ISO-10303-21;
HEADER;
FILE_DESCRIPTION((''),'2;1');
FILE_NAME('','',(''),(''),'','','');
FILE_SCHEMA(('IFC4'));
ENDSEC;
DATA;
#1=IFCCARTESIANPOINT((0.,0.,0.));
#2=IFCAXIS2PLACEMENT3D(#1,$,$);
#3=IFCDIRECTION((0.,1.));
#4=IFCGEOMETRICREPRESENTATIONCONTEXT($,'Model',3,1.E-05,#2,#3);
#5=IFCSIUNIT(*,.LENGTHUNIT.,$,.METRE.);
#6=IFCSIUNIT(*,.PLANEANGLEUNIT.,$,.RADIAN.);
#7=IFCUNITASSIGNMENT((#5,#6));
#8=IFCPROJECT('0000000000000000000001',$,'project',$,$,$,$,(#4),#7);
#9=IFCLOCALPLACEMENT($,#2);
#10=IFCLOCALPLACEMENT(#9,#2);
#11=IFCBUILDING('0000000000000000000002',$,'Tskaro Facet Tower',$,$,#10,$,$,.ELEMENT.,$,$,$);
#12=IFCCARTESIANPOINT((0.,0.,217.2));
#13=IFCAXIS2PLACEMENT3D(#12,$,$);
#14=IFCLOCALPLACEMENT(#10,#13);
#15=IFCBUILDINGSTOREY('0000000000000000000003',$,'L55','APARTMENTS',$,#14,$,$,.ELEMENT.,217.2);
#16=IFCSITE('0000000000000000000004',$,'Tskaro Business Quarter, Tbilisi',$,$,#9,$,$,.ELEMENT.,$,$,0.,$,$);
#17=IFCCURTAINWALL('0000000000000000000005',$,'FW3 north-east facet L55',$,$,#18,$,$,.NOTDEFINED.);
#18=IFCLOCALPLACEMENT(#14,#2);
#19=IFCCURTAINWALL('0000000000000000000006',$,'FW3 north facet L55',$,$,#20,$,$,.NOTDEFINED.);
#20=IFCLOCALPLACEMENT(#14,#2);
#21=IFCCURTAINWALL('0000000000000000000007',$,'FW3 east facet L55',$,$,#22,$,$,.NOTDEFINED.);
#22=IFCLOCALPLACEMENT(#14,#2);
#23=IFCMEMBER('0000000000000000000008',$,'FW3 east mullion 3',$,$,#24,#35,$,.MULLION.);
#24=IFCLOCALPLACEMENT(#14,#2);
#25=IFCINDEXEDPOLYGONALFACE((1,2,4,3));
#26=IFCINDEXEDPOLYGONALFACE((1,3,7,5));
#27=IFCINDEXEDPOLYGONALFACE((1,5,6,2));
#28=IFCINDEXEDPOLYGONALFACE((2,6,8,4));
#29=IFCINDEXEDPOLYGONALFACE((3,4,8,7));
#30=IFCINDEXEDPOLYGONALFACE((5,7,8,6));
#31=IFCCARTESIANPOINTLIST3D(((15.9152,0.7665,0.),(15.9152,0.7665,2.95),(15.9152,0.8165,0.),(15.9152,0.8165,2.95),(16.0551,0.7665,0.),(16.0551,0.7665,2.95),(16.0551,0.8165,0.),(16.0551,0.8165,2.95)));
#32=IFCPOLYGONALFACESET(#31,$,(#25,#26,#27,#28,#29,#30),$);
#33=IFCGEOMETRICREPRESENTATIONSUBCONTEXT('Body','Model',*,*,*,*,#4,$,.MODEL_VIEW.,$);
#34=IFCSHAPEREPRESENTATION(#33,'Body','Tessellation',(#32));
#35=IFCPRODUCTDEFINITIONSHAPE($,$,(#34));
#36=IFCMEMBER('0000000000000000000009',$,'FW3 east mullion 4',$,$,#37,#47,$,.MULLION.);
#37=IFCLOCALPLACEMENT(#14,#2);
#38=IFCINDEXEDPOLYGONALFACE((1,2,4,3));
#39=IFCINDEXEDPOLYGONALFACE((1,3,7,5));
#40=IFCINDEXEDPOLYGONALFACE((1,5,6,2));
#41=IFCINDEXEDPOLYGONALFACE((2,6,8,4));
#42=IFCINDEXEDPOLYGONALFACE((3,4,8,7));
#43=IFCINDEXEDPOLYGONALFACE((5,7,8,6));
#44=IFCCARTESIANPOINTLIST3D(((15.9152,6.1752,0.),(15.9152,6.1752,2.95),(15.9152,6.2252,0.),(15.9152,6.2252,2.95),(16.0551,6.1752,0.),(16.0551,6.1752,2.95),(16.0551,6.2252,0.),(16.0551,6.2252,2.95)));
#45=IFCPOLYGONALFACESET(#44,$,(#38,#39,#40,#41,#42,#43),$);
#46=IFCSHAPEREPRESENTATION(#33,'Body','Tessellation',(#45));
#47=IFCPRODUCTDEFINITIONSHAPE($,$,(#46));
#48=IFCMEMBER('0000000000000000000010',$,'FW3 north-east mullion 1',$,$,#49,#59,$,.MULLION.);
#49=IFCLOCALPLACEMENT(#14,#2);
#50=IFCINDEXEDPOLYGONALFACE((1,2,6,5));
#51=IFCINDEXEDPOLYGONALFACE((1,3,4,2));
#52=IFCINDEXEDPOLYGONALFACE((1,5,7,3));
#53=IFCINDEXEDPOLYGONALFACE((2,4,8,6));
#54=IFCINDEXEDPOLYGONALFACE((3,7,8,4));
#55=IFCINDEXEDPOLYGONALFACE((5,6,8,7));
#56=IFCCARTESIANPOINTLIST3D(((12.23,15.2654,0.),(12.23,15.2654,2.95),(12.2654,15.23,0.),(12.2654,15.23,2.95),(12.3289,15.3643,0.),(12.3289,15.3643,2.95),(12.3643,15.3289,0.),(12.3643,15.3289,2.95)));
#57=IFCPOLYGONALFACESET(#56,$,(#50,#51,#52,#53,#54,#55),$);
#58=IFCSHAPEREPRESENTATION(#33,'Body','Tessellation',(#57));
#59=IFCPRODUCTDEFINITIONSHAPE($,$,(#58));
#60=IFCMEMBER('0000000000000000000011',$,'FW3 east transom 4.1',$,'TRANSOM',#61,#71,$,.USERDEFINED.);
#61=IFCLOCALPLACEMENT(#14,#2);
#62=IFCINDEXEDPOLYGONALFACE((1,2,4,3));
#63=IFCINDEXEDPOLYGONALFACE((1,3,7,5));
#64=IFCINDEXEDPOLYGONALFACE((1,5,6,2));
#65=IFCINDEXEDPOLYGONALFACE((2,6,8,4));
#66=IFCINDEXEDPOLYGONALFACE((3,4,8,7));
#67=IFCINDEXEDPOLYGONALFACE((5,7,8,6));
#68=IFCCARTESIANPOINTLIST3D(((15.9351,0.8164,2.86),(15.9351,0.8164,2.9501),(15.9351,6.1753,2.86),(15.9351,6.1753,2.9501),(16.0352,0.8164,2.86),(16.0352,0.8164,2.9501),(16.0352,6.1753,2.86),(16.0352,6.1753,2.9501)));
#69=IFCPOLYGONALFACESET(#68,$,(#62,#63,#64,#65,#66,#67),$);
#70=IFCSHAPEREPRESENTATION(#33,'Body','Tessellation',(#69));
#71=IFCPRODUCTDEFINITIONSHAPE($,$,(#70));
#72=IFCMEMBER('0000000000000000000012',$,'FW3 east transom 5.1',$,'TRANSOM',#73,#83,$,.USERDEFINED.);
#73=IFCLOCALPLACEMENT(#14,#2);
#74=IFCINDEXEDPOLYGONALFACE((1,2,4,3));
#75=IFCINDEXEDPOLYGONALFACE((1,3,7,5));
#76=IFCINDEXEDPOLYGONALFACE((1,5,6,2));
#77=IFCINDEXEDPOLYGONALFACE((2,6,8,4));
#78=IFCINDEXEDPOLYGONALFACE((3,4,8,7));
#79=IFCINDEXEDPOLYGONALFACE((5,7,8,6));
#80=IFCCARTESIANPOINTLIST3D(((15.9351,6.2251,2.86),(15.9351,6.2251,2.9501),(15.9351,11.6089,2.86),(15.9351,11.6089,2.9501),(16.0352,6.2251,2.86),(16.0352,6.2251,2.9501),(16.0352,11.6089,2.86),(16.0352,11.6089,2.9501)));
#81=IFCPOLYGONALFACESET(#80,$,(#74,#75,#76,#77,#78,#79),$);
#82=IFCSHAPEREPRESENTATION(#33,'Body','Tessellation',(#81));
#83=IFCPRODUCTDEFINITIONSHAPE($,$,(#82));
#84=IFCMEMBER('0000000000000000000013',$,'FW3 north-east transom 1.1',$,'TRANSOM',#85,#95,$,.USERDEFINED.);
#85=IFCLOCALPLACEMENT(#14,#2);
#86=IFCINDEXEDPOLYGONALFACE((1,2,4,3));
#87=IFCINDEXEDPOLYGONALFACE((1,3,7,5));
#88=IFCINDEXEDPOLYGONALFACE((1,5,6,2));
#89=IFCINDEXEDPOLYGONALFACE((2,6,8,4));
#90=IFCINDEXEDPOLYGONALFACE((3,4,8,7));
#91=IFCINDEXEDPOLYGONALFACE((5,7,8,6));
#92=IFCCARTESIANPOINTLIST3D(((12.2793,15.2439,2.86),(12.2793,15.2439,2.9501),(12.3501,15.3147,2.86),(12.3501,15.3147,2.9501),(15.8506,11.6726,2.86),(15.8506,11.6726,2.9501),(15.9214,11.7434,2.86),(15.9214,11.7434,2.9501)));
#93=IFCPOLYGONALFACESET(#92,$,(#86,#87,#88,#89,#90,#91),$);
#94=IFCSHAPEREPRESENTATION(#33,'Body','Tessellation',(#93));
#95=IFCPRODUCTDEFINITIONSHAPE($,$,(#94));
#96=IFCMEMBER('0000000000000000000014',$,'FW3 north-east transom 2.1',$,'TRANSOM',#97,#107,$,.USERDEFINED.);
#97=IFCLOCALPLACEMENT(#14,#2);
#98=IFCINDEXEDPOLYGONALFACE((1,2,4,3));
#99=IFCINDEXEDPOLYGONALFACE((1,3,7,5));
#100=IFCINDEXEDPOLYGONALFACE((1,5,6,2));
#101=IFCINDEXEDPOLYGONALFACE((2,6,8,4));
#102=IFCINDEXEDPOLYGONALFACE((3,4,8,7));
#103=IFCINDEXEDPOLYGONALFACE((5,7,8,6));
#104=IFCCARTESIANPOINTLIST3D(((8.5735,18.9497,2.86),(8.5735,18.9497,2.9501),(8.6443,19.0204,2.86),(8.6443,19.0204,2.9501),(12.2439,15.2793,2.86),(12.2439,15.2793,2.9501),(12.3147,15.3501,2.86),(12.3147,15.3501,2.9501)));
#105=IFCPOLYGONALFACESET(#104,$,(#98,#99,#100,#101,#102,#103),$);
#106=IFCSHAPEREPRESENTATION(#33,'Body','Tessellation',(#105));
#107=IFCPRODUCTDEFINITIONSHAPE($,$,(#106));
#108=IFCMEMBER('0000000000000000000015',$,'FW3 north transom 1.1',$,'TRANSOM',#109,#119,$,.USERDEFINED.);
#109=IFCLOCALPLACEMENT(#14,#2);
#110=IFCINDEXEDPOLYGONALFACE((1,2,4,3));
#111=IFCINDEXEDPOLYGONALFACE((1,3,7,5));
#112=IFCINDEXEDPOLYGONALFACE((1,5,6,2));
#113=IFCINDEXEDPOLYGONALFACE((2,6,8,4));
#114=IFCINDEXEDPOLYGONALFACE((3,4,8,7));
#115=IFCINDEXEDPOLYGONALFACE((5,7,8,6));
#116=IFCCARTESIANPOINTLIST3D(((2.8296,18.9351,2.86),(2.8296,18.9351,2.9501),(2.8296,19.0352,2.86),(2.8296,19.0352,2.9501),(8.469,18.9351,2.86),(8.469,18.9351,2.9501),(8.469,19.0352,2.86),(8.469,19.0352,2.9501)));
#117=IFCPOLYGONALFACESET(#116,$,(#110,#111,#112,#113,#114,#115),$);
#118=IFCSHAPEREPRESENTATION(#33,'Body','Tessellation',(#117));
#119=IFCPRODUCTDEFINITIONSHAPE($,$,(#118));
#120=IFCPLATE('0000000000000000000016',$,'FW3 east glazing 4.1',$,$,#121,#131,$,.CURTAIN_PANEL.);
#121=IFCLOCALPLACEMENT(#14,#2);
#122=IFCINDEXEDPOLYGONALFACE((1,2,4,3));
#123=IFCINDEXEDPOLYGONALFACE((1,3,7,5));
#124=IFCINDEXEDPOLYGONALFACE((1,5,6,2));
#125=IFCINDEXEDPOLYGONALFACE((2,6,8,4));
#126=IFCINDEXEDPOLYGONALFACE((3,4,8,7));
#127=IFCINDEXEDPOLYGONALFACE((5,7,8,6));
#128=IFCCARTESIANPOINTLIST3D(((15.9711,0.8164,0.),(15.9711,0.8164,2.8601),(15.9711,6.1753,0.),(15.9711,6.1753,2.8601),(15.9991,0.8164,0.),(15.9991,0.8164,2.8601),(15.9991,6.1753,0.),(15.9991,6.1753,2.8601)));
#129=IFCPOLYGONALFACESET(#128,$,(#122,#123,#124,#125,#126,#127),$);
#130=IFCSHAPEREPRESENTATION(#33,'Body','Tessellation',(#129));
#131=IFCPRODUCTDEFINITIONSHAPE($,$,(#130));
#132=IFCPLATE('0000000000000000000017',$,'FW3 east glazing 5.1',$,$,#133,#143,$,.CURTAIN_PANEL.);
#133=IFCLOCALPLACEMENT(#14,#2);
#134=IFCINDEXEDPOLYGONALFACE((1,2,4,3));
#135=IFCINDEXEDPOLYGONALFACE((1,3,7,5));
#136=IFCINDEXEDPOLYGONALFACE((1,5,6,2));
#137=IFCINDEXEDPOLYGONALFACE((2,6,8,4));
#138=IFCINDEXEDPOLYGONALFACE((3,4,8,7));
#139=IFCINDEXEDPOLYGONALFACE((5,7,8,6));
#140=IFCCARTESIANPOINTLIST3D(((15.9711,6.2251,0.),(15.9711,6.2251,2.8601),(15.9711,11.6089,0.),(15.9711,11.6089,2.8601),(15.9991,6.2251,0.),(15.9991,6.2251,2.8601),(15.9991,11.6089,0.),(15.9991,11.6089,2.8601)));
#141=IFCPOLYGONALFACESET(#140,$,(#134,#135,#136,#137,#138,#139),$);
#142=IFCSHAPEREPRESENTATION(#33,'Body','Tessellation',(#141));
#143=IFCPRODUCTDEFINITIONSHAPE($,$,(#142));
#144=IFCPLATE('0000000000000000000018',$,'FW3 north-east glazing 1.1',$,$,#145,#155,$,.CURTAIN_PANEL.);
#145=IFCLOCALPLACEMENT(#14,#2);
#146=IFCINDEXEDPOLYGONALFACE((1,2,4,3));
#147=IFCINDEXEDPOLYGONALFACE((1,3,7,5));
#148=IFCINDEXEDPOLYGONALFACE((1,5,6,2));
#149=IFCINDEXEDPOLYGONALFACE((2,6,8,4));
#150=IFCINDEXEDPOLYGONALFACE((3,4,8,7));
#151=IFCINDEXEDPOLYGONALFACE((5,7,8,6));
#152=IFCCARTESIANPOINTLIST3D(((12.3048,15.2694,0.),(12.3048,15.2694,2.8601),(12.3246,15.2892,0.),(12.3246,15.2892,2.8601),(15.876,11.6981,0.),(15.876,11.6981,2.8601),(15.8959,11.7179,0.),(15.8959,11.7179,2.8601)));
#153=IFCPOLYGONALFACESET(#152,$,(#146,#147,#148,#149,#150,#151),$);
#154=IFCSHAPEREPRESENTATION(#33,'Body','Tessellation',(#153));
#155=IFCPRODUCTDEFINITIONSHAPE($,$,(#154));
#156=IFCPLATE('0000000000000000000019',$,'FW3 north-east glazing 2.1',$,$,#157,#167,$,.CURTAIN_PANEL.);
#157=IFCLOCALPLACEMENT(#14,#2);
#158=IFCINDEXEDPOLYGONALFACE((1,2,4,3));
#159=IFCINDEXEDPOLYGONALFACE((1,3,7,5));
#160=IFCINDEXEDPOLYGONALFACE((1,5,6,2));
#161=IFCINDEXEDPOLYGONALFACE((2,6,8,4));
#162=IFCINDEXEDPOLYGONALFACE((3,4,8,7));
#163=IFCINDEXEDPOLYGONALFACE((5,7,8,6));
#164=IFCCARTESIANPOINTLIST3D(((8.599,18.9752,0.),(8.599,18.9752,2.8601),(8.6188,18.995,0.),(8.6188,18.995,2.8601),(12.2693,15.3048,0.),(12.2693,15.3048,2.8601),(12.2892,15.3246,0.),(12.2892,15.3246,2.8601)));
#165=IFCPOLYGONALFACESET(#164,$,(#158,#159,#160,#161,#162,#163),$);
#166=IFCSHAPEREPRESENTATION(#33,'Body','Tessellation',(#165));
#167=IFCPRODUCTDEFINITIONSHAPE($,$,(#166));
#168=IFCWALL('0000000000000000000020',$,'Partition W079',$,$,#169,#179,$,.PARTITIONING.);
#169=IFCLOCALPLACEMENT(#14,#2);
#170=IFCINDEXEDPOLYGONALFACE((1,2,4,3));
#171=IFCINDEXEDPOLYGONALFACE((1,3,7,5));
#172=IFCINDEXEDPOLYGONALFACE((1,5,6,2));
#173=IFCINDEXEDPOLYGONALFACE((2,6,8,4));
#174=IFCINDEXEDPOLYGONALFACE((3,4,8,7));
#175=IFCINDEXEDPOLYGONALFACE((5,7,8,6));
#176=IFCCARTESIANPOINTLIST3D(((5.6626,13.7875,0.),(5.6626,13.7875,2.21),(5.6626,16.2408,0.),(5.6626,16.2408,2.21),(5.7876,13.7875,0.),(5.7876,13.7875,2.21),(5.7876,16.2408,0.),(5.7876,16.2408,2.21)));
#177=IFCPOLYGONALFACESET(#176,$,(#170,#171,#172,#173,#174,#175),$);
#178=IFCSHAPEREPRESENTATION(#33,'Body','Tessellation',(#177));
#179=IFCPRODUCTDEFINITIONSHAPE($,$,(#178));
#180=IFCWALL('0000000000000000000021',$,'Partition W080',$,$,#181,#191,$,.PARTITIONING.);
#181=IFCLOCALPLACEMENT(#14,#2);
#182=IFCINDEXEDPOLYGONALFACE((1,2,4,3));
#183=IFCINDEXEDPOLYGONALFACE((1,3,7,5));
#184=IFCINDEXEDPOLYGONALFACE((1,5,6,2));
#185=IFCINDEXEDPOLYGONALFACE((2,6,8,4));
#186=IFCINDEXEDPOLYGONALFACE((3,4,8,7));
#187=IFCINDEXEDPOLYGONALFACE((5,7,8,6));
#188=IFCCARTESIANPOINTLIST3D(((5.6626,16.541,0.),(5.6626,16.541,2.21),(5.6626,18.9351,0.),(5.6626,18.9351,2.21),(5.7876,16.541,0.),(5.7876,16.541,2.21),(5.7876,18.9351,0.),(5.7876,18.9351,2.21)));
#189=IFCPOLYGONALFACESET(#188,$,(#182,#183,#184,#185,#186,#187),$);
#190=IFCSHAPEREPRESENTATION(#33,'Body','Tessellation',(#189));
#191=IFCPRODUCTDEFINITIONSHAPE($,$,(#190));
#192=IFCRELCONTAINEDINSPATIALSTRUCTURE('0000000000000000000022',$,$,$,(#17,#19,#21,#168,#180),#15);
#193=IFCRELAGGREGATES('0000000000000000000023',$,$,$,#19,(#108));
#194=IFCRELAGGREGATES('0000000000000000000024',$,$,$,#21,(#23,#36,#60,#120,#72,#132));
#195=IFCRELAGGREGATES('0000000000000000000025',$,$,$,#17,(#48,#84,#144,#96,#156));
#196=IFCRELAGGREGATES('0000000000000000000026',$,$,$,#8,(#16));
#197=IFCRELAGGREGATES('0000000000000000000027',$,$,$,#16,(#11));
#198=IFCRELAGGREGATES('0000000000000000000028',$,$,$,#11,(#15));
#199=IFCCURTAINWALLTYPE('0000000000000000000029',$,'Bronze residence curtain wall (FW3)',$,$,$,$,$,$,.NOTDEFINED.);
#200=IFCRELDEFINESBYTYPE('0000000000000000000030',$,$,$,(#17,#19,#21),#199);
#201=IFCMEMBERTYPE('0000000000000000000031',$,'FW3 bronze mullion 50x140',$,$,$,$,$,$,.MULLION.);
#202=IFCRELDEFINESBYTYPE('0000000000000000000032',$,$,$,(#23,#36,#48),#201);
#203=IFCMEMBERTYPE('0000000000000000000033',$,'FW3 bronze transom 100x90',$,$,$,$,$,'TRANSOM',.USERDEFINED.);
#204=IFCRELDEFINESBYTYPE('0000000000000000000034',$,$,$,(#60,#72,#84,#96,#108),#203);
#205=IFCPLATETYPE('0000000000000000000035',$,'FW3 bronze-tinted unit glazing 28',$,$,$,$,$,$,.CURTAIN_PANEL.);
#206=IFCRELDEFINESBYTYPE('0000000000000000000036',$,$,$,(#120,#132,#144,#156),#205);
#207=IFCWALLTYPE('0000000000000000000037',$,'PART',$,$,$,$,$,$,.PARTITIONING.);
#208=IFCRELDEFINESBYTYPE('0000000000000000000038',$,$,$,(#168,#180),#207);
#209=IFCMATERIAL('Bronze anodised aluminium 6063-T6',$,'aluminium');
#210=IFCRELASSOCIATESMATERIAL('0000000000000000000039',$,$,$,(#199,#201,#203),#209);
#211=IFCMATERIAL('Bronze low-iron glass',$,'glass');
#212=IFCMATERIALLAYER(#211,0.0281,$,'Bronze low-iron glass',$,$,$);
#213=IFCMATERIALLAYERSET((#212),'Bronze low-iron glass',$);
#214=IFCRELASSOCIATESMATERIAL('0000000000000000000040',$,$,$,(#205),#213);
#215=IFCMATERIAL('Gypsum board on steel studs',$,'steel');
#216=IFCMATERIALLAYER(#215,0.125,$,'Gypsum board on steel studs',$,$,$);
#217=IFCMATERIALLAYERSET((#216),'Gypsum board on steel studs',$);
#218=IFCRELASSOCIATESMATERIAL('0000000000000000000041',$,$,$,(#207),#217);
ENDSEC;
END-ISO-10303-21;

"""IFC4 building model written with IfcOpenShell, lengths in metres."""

from ifc_helpers import new_model, si_unit, direction, frame, frame_2d, origin, origin_2d, place, context, subcontext, project, spatial, rectangle, extrude, material, layer, layer_set, material_profile, profile_set, type_object, element, aggregate, save


model = new_model("IFC4")

# Units and contexts
model_context = context("Model", 3, precision=1e-05, world=origin(), true_north=direction((0.0, 1.0)))
body_context = subcontext(model_context, "Body", "Model", "MODEL_VIEW")
ifc_project = project(units=[si_unit("LENGTHUNIT", "METRE"), si_unit("PLANEANGLEUNIT", "RADIAN")], contexts=[model_context])

# Site, building, storey
site_placement = place(None, origin())
site = spatial("IfcSite", under=ifc_project, at=site_placement, Name="Tskaro Business Quarter, Tbilisi", CompositionType="ELEMENT", RefElevation=0.0)
building_placement = place(site_placement, origin())
building = spatial("IfcBuilding", under=site, at=building_placement, Name="Tskaro Facet Tower", CompositionType="ELEMENT")
storey_placement = place(building_placement, frame((0.0, 0.0, 217.2)))
storey = spatial("IfcBuildingStorey", under=building, at=storey_placement, Name="L55", Description="APARTMENTS", CompositionType="ELEMENT", Elevation=217.2)

# Curtain walls
ifc_material_1 = material(Name="Bronze anodised aluminium 6063-T6", Category="aluminium")
curtain_wall_type = type_object("IfcCurtainWallType", Name="Bronze residence curtain wall (FW3)", PredefinedType="NOTDEFINED", material=ifc_material_1)
curtain_wall_1_placement = place(storey_placement, origin())
curtain_wall_1 = element("IfcCurtainWall", 1, at=curtain_wall_1_placement, inside=storey, type_object=curtain_wall_type, Name="FW3 north-east facet L55", PredefinedType="NOTDEFINED")
curtain_wall_2_placement = place(storey_placement, origin())
curtain_wall_2 = element("IfcCurtainWall", 2, at=curtain_wall_2_placement, inside=storey, type_object=curtain_wall_type, Name="FW3 north facet L55", PredefinedType="NOTDEFINED")

# Curtain wall, members
curtain_wall_3_placement = place(storey_placement, origin())
curtain_wall_3 = element("IfcCurtainWall", 3, at=curtain_wall_3_placement, inside=storey, type_object=curtain_wall_type, Name="FW3 east facet L55", PredefinedType="NOTDEFINED")
ifc_material_profile_1 = material_profile(ifc_material_1, rectangle(XDim=0.05, YDim=0.1399, at=origin_2d()), Name="Mullion 50x140")
ifc_profile_set_1 = profile_set([ifc_material_profile_1], Name="Bronze anodised aluminium 6063-T6")
member_type_1 = type_object("IfcMemberType", Name="FW3 bronze mullion 50x140", PredefinedType="MULLION", material=ifc_profile_set_1)
member_1_placement = place(storey_placement, frame((15.9851, 0.7915, 0.0), z_axis=(0.0, 0.0, 1.0), x_axis=(0.0, 1.0, 0.0)))
member_1 = element("IfcMember", 4, at=member_1_placement, type_object=member_type_1, Name="FW3 east mullion 3", PredefinedType="MULLION", context=body_context, shape_type="SweptSolid", body=[
    extrude(rectangle(XDim=0.05, YDim=0.1399, at=origin_2d()), origin(), (0.0, 0.0, 1.0), 2.95),
])
member_2_placement = place(storey_placement, frame((15.9851, 6.2002, 0.0), z_axis=(0.0, 0.0, 1.0), x_axis=(0.0, 1.0, 0.0)))
member_2 = element("IfcMember", 5, at=member_2_placement, type_object=member_type_1, Name="FW3 east mullion 4", PredefinedType="MULLION", context=body_context, shape_type="SweptSolid", body=[
    extrude(rectangle(XDim=0.05, YDim=0.1399, at=origin_2d()), origin(), (0.0, 0.0, 1.0), 2.95),
])

# Members
member_3_placement = place(storey_placement, frame((12.2971, 15.2971, 0.0), z_axis=(0.0, 0.0, 1.0), x_axis=(-0.707107, 0.707107, 0.0)))
member_3 = element("IfcMember", 6, at=member_3_placement, type_object=member_type_1, Name="FW3 north-east mullion 1", PredefinedType="MULLION", context=body_context, shape_type="SweptSolid", body=[
    extrude(rectangle(XDim=0.05, YDim=0.1399, at=origin_2d()), origin(), (0.0, 0.0, 1.0), 2.95),
])
ifc_material_profile_2 = material_profile(ifc_material_1, rectangle(XDim=0.1001, YDim=0.0901, at=origin_2d()), Name="Transom 100x90")
ifc_profile_set_2 = profile_set([ifc_material_profile_2], Name="Bronze anodised aluminium 6063-T6")
member_type_2 = type_object("IfcMemberType", Name="FW3 bronze transom 100x90", ElementType="TRANSOM", PredefinedType="USERDEFINED", material=ifc_profile_set_2)
member_4_placement = place(storey_placement, frame((15.9851, 0.8164, 2.905), z_axis=(0.0, 1.0, 0.0), x_axis=(-1.0, 0.0, 0.0)))
member_4 = element("IfcMember", 7, at=member_4_placement, type_object=member_type_2, Name="FW3 east transom 4.1", ObjectType="TRANSOM", PredefinedType="USERDEFINED", context=body_context, shape_type="SweptSolid", body=[
    extrude(rectangle(XDim=0.1001, YDim=0.0901, at=origin_2d()), origin(), (0.0, 0.0, 1.0), 5.3589),
])
member_5_placement = place(storey_placement, frame((15.9851, 6.2251, 2.905), z_axis=(0.0, 1.0, 0.0), x_axis=(-1.0, 0.0, 0.0)))
member_5 = element("IfcMember", 8, at=member_5_placement, type_object=member_type_2, Name="FW3 east transom 5.1", ObjectType="TRANSOM", PredefinedType="USERDEFINED", context=body_context, shape_type="SweptSolid", body=[
    extrude(rectangle(XDim=0.1001, YDim=0.0901, at=origin_2d()), origin(), (0.0, 0.0, 1.0), 5.3838),
])
member_6_placement = place(storey_placement, frame((15.886, 11.708, 2.905), z_axis=(-0.707107, 0.707107, 0.0), x_axis=(-0.707107, -0.707107, 0.0)))
member_6 = element("IfcMember", 9, at=member_6_placement, type_object=member_type_2, Name="FW3 north-east transom 1.1", ObjectType="TRANSOM", PredefinedType="USERDEFINED", context=body_context, shape_type="SweptSolid", body=[
    extrude(rectangle(XDim=0.1001, YDim=0.0901, at=origin_2d()), origin(), (0.0, 0.0, 1.0), 5.0505),
])
member_7_placement = place(storey_placement, frame((12.2793, 15.3147, 2.905), z_axis=(-0.707107, 0.707107, 0.0), x_axis=(-0.707107, -0.707107, 0.0)))
member_7 = element("IfcMember", 10, at=member_7_placement, type_object=member_type_2, Name="FW3 north-east transom 2.1", ObjectType="TRANSOM", PredefinedType="USERDEFINED", context=body_context, shape_type="SweptSolid", body=[
    extrude(rectangle(XDim=0.1001, YDim=0.0901, at=origin_2d()), origin(), (0.0, 0.0, 1.0), 5.1907),
])
member_8_placement = place(storey_placement, frame((8.469, 18.9851, 2.905), z_axis=(-1.0, 0.0, 0.0), x_axis=(0.0, -1.0, 0.0)))
member_8 = element("IfcMember", 11, at=member_8_placement, type_object=member_type_2, Name="FW3 north transom 1.1", ObjectType="TRANSOM", PredefinedType="USERDEFINED", context=body_context, shape_type="SweptSolid", body=[
    extrude(rectangle(XDim=0.1001, YDim=0.0901, at=origin_2d()), origin(), (0.0, 0.0, 1.0), 5.6394),
])
aggregate(curtain_wall_2, [member_8])

# Plates
ifc_material_2 = material(Name="Bronze low-iron glass", Category="glass")
ifc_layer_1 = layer(ifc_material_2, 0.0281, Name="Bronze low-iron glass")
ifc_layer_set_1 = layer_set([ifc_layer_1], Name="Bronze low-iron glass")
plate_type = type_object("IfcPlateType", Name="FW3 bronze-tinted unit glazing 28", PredefinedType="CURTAIN_PANEL", material=ifc_layer_set_1)
plate_1_placement = place(storey_placement, frame((15.9851, 3.4958, 0.0), z_axis=(0.0, 0.0, 1.0), x_axis=(0.0, 1.0, 0.0)))
plate_1 = element("IfcPlate", 12, at=plate_1_placement, type_object=plate_type, Name="FW3 east glazing 4.1", PredefinedType="CURTAIN_PANEL", context=body_context, shape_type="SweptSolid", body=[
    extrude(rectangle(XDim=5.3589, YDim=0.0281, at=origin_2d()), origin(), (0.0, 0.0, 1.0), 2.8601),
])
plate_2_placement = place(storey_placement, frame((15.9851, 8.917, 0.0), z_axis=(0.0, 0.0, 1.0), x_axis=(0.0, 1.0, 0.0)))
plate_2 = element("IfcPlate", 13, at=plate_2_placement, type_object=plate_type, Name="FW3 east glazing 5.1", PredefinedType="CURTAIN_PANEL", context=body_context, shape_type="SweptSolid", body=[
    extrude(rectangle(XDim=5.3838, YDim=0.0281, at=origin_2d()), origin(), (0.0, 0.0, 1.0), 2.8601),
])
aggregate(curtain_wall_3, [member_1, member_2, member_4, plate_1, member_5, plate_2])
plate_3_placement = place(storey_placement, frame((14.1003, 13.4937, 0.0), z_axis=(0.0, 0.0, 1.0), x_axis=(-0.707107, 0.707107, 0.0)))
plate_3 = element("IfcPlate", 14, at=plate_3_placement, type_object=plate_type, Name="FW3 north-east glazing 1.1", PredefinedType="CURTAIN_PANEL", context=body_context, shape_type="SweptSolid", body=[
    extrude(rectangle(XDim=5.0505, YDim=0.0281, at=origin_2d()), origin(), (0.0, 0.0, 1.0), 2.8601),
])
plate_4_placement = place(storey_placement, frame((10.4441, 17.1499, 0.0), z_axis=(0.0, 0.0, 1.0), x_axis=(-0.707107, 0.707107, 0.0)))
plate_4 = element("IfcPlate", 15, at=plate_4_placement, type_object=plate_type, Name="FW3 north-east glazing 2.1", PredefinedType="CURTAIN_PANEL", context=body_context, shape_type="SweptSolid", body=[
    extrude(rectangle(XDim=5.1907, YDim=0.0281, at=origin_2d()), origin(), (0.0, 0.0, 1.0), 2.8601),
])
aggregate(curtain_wall_1, [member_3, member_6, plate_3, member_7, plate_4])

# Walls
ifc_material_3 = material(Name="Gypsum board on steel studs", Category="steel")
ifc_layer_2 = layer(ifc_material_3, 0.125, Name="Gypsum board on steel studs")
ifc_layer_set_2 = layer_set([ifc_layer_2], Name="Gypsum board on steel studs")
wall_type_1 = type_object("IfcWallType", Name="PART", PredefinedType="PARTITIONING", material=ifc_layer_set_2)
wall_1_placement = place(storey_placement, frame((5.7251, 13.7876, 0.0), z_axis=(0.0, 0.0, 1.0), x_axis=(0.0, 1.0, 0.0)))
element("IfcWall", 16, at=wall_1_placement, inside=storey, type_object=wall_type_1, Name="Partition W079", PredefinedType="PARTITIONING", context=body_context, shape_type="SweptSolid", body=[
    extrude(rectangle(XDim=2.4534, YDim=0.125, at=frame_2d((1.2266, 0.0))), origin(), (0.0, 0.0, 1.0), 2.21),
])
wall_2_placement = place(storey_placement, frame((5.7251, 16.541, 0.0), z_axis=(0.0, 0.0, 1.0), x_axis=(0.0, 1.0, 0.0)))
element("IfcWall", 17, at=wall_2_placement, inside=storey, type_object=wall_type_1, Name="Partition W080", PredefinedType="PARTITIONING", context=body_context, shape_type="SweptSolid", body=[
    extrude(rectangle(XDim=2.394, YDim=0.125, at=frame_2d((1.197, 0.0))), origin(), (0.0, 0.0, 1.0), 2.21),
])

save(model, "model.ifc")
